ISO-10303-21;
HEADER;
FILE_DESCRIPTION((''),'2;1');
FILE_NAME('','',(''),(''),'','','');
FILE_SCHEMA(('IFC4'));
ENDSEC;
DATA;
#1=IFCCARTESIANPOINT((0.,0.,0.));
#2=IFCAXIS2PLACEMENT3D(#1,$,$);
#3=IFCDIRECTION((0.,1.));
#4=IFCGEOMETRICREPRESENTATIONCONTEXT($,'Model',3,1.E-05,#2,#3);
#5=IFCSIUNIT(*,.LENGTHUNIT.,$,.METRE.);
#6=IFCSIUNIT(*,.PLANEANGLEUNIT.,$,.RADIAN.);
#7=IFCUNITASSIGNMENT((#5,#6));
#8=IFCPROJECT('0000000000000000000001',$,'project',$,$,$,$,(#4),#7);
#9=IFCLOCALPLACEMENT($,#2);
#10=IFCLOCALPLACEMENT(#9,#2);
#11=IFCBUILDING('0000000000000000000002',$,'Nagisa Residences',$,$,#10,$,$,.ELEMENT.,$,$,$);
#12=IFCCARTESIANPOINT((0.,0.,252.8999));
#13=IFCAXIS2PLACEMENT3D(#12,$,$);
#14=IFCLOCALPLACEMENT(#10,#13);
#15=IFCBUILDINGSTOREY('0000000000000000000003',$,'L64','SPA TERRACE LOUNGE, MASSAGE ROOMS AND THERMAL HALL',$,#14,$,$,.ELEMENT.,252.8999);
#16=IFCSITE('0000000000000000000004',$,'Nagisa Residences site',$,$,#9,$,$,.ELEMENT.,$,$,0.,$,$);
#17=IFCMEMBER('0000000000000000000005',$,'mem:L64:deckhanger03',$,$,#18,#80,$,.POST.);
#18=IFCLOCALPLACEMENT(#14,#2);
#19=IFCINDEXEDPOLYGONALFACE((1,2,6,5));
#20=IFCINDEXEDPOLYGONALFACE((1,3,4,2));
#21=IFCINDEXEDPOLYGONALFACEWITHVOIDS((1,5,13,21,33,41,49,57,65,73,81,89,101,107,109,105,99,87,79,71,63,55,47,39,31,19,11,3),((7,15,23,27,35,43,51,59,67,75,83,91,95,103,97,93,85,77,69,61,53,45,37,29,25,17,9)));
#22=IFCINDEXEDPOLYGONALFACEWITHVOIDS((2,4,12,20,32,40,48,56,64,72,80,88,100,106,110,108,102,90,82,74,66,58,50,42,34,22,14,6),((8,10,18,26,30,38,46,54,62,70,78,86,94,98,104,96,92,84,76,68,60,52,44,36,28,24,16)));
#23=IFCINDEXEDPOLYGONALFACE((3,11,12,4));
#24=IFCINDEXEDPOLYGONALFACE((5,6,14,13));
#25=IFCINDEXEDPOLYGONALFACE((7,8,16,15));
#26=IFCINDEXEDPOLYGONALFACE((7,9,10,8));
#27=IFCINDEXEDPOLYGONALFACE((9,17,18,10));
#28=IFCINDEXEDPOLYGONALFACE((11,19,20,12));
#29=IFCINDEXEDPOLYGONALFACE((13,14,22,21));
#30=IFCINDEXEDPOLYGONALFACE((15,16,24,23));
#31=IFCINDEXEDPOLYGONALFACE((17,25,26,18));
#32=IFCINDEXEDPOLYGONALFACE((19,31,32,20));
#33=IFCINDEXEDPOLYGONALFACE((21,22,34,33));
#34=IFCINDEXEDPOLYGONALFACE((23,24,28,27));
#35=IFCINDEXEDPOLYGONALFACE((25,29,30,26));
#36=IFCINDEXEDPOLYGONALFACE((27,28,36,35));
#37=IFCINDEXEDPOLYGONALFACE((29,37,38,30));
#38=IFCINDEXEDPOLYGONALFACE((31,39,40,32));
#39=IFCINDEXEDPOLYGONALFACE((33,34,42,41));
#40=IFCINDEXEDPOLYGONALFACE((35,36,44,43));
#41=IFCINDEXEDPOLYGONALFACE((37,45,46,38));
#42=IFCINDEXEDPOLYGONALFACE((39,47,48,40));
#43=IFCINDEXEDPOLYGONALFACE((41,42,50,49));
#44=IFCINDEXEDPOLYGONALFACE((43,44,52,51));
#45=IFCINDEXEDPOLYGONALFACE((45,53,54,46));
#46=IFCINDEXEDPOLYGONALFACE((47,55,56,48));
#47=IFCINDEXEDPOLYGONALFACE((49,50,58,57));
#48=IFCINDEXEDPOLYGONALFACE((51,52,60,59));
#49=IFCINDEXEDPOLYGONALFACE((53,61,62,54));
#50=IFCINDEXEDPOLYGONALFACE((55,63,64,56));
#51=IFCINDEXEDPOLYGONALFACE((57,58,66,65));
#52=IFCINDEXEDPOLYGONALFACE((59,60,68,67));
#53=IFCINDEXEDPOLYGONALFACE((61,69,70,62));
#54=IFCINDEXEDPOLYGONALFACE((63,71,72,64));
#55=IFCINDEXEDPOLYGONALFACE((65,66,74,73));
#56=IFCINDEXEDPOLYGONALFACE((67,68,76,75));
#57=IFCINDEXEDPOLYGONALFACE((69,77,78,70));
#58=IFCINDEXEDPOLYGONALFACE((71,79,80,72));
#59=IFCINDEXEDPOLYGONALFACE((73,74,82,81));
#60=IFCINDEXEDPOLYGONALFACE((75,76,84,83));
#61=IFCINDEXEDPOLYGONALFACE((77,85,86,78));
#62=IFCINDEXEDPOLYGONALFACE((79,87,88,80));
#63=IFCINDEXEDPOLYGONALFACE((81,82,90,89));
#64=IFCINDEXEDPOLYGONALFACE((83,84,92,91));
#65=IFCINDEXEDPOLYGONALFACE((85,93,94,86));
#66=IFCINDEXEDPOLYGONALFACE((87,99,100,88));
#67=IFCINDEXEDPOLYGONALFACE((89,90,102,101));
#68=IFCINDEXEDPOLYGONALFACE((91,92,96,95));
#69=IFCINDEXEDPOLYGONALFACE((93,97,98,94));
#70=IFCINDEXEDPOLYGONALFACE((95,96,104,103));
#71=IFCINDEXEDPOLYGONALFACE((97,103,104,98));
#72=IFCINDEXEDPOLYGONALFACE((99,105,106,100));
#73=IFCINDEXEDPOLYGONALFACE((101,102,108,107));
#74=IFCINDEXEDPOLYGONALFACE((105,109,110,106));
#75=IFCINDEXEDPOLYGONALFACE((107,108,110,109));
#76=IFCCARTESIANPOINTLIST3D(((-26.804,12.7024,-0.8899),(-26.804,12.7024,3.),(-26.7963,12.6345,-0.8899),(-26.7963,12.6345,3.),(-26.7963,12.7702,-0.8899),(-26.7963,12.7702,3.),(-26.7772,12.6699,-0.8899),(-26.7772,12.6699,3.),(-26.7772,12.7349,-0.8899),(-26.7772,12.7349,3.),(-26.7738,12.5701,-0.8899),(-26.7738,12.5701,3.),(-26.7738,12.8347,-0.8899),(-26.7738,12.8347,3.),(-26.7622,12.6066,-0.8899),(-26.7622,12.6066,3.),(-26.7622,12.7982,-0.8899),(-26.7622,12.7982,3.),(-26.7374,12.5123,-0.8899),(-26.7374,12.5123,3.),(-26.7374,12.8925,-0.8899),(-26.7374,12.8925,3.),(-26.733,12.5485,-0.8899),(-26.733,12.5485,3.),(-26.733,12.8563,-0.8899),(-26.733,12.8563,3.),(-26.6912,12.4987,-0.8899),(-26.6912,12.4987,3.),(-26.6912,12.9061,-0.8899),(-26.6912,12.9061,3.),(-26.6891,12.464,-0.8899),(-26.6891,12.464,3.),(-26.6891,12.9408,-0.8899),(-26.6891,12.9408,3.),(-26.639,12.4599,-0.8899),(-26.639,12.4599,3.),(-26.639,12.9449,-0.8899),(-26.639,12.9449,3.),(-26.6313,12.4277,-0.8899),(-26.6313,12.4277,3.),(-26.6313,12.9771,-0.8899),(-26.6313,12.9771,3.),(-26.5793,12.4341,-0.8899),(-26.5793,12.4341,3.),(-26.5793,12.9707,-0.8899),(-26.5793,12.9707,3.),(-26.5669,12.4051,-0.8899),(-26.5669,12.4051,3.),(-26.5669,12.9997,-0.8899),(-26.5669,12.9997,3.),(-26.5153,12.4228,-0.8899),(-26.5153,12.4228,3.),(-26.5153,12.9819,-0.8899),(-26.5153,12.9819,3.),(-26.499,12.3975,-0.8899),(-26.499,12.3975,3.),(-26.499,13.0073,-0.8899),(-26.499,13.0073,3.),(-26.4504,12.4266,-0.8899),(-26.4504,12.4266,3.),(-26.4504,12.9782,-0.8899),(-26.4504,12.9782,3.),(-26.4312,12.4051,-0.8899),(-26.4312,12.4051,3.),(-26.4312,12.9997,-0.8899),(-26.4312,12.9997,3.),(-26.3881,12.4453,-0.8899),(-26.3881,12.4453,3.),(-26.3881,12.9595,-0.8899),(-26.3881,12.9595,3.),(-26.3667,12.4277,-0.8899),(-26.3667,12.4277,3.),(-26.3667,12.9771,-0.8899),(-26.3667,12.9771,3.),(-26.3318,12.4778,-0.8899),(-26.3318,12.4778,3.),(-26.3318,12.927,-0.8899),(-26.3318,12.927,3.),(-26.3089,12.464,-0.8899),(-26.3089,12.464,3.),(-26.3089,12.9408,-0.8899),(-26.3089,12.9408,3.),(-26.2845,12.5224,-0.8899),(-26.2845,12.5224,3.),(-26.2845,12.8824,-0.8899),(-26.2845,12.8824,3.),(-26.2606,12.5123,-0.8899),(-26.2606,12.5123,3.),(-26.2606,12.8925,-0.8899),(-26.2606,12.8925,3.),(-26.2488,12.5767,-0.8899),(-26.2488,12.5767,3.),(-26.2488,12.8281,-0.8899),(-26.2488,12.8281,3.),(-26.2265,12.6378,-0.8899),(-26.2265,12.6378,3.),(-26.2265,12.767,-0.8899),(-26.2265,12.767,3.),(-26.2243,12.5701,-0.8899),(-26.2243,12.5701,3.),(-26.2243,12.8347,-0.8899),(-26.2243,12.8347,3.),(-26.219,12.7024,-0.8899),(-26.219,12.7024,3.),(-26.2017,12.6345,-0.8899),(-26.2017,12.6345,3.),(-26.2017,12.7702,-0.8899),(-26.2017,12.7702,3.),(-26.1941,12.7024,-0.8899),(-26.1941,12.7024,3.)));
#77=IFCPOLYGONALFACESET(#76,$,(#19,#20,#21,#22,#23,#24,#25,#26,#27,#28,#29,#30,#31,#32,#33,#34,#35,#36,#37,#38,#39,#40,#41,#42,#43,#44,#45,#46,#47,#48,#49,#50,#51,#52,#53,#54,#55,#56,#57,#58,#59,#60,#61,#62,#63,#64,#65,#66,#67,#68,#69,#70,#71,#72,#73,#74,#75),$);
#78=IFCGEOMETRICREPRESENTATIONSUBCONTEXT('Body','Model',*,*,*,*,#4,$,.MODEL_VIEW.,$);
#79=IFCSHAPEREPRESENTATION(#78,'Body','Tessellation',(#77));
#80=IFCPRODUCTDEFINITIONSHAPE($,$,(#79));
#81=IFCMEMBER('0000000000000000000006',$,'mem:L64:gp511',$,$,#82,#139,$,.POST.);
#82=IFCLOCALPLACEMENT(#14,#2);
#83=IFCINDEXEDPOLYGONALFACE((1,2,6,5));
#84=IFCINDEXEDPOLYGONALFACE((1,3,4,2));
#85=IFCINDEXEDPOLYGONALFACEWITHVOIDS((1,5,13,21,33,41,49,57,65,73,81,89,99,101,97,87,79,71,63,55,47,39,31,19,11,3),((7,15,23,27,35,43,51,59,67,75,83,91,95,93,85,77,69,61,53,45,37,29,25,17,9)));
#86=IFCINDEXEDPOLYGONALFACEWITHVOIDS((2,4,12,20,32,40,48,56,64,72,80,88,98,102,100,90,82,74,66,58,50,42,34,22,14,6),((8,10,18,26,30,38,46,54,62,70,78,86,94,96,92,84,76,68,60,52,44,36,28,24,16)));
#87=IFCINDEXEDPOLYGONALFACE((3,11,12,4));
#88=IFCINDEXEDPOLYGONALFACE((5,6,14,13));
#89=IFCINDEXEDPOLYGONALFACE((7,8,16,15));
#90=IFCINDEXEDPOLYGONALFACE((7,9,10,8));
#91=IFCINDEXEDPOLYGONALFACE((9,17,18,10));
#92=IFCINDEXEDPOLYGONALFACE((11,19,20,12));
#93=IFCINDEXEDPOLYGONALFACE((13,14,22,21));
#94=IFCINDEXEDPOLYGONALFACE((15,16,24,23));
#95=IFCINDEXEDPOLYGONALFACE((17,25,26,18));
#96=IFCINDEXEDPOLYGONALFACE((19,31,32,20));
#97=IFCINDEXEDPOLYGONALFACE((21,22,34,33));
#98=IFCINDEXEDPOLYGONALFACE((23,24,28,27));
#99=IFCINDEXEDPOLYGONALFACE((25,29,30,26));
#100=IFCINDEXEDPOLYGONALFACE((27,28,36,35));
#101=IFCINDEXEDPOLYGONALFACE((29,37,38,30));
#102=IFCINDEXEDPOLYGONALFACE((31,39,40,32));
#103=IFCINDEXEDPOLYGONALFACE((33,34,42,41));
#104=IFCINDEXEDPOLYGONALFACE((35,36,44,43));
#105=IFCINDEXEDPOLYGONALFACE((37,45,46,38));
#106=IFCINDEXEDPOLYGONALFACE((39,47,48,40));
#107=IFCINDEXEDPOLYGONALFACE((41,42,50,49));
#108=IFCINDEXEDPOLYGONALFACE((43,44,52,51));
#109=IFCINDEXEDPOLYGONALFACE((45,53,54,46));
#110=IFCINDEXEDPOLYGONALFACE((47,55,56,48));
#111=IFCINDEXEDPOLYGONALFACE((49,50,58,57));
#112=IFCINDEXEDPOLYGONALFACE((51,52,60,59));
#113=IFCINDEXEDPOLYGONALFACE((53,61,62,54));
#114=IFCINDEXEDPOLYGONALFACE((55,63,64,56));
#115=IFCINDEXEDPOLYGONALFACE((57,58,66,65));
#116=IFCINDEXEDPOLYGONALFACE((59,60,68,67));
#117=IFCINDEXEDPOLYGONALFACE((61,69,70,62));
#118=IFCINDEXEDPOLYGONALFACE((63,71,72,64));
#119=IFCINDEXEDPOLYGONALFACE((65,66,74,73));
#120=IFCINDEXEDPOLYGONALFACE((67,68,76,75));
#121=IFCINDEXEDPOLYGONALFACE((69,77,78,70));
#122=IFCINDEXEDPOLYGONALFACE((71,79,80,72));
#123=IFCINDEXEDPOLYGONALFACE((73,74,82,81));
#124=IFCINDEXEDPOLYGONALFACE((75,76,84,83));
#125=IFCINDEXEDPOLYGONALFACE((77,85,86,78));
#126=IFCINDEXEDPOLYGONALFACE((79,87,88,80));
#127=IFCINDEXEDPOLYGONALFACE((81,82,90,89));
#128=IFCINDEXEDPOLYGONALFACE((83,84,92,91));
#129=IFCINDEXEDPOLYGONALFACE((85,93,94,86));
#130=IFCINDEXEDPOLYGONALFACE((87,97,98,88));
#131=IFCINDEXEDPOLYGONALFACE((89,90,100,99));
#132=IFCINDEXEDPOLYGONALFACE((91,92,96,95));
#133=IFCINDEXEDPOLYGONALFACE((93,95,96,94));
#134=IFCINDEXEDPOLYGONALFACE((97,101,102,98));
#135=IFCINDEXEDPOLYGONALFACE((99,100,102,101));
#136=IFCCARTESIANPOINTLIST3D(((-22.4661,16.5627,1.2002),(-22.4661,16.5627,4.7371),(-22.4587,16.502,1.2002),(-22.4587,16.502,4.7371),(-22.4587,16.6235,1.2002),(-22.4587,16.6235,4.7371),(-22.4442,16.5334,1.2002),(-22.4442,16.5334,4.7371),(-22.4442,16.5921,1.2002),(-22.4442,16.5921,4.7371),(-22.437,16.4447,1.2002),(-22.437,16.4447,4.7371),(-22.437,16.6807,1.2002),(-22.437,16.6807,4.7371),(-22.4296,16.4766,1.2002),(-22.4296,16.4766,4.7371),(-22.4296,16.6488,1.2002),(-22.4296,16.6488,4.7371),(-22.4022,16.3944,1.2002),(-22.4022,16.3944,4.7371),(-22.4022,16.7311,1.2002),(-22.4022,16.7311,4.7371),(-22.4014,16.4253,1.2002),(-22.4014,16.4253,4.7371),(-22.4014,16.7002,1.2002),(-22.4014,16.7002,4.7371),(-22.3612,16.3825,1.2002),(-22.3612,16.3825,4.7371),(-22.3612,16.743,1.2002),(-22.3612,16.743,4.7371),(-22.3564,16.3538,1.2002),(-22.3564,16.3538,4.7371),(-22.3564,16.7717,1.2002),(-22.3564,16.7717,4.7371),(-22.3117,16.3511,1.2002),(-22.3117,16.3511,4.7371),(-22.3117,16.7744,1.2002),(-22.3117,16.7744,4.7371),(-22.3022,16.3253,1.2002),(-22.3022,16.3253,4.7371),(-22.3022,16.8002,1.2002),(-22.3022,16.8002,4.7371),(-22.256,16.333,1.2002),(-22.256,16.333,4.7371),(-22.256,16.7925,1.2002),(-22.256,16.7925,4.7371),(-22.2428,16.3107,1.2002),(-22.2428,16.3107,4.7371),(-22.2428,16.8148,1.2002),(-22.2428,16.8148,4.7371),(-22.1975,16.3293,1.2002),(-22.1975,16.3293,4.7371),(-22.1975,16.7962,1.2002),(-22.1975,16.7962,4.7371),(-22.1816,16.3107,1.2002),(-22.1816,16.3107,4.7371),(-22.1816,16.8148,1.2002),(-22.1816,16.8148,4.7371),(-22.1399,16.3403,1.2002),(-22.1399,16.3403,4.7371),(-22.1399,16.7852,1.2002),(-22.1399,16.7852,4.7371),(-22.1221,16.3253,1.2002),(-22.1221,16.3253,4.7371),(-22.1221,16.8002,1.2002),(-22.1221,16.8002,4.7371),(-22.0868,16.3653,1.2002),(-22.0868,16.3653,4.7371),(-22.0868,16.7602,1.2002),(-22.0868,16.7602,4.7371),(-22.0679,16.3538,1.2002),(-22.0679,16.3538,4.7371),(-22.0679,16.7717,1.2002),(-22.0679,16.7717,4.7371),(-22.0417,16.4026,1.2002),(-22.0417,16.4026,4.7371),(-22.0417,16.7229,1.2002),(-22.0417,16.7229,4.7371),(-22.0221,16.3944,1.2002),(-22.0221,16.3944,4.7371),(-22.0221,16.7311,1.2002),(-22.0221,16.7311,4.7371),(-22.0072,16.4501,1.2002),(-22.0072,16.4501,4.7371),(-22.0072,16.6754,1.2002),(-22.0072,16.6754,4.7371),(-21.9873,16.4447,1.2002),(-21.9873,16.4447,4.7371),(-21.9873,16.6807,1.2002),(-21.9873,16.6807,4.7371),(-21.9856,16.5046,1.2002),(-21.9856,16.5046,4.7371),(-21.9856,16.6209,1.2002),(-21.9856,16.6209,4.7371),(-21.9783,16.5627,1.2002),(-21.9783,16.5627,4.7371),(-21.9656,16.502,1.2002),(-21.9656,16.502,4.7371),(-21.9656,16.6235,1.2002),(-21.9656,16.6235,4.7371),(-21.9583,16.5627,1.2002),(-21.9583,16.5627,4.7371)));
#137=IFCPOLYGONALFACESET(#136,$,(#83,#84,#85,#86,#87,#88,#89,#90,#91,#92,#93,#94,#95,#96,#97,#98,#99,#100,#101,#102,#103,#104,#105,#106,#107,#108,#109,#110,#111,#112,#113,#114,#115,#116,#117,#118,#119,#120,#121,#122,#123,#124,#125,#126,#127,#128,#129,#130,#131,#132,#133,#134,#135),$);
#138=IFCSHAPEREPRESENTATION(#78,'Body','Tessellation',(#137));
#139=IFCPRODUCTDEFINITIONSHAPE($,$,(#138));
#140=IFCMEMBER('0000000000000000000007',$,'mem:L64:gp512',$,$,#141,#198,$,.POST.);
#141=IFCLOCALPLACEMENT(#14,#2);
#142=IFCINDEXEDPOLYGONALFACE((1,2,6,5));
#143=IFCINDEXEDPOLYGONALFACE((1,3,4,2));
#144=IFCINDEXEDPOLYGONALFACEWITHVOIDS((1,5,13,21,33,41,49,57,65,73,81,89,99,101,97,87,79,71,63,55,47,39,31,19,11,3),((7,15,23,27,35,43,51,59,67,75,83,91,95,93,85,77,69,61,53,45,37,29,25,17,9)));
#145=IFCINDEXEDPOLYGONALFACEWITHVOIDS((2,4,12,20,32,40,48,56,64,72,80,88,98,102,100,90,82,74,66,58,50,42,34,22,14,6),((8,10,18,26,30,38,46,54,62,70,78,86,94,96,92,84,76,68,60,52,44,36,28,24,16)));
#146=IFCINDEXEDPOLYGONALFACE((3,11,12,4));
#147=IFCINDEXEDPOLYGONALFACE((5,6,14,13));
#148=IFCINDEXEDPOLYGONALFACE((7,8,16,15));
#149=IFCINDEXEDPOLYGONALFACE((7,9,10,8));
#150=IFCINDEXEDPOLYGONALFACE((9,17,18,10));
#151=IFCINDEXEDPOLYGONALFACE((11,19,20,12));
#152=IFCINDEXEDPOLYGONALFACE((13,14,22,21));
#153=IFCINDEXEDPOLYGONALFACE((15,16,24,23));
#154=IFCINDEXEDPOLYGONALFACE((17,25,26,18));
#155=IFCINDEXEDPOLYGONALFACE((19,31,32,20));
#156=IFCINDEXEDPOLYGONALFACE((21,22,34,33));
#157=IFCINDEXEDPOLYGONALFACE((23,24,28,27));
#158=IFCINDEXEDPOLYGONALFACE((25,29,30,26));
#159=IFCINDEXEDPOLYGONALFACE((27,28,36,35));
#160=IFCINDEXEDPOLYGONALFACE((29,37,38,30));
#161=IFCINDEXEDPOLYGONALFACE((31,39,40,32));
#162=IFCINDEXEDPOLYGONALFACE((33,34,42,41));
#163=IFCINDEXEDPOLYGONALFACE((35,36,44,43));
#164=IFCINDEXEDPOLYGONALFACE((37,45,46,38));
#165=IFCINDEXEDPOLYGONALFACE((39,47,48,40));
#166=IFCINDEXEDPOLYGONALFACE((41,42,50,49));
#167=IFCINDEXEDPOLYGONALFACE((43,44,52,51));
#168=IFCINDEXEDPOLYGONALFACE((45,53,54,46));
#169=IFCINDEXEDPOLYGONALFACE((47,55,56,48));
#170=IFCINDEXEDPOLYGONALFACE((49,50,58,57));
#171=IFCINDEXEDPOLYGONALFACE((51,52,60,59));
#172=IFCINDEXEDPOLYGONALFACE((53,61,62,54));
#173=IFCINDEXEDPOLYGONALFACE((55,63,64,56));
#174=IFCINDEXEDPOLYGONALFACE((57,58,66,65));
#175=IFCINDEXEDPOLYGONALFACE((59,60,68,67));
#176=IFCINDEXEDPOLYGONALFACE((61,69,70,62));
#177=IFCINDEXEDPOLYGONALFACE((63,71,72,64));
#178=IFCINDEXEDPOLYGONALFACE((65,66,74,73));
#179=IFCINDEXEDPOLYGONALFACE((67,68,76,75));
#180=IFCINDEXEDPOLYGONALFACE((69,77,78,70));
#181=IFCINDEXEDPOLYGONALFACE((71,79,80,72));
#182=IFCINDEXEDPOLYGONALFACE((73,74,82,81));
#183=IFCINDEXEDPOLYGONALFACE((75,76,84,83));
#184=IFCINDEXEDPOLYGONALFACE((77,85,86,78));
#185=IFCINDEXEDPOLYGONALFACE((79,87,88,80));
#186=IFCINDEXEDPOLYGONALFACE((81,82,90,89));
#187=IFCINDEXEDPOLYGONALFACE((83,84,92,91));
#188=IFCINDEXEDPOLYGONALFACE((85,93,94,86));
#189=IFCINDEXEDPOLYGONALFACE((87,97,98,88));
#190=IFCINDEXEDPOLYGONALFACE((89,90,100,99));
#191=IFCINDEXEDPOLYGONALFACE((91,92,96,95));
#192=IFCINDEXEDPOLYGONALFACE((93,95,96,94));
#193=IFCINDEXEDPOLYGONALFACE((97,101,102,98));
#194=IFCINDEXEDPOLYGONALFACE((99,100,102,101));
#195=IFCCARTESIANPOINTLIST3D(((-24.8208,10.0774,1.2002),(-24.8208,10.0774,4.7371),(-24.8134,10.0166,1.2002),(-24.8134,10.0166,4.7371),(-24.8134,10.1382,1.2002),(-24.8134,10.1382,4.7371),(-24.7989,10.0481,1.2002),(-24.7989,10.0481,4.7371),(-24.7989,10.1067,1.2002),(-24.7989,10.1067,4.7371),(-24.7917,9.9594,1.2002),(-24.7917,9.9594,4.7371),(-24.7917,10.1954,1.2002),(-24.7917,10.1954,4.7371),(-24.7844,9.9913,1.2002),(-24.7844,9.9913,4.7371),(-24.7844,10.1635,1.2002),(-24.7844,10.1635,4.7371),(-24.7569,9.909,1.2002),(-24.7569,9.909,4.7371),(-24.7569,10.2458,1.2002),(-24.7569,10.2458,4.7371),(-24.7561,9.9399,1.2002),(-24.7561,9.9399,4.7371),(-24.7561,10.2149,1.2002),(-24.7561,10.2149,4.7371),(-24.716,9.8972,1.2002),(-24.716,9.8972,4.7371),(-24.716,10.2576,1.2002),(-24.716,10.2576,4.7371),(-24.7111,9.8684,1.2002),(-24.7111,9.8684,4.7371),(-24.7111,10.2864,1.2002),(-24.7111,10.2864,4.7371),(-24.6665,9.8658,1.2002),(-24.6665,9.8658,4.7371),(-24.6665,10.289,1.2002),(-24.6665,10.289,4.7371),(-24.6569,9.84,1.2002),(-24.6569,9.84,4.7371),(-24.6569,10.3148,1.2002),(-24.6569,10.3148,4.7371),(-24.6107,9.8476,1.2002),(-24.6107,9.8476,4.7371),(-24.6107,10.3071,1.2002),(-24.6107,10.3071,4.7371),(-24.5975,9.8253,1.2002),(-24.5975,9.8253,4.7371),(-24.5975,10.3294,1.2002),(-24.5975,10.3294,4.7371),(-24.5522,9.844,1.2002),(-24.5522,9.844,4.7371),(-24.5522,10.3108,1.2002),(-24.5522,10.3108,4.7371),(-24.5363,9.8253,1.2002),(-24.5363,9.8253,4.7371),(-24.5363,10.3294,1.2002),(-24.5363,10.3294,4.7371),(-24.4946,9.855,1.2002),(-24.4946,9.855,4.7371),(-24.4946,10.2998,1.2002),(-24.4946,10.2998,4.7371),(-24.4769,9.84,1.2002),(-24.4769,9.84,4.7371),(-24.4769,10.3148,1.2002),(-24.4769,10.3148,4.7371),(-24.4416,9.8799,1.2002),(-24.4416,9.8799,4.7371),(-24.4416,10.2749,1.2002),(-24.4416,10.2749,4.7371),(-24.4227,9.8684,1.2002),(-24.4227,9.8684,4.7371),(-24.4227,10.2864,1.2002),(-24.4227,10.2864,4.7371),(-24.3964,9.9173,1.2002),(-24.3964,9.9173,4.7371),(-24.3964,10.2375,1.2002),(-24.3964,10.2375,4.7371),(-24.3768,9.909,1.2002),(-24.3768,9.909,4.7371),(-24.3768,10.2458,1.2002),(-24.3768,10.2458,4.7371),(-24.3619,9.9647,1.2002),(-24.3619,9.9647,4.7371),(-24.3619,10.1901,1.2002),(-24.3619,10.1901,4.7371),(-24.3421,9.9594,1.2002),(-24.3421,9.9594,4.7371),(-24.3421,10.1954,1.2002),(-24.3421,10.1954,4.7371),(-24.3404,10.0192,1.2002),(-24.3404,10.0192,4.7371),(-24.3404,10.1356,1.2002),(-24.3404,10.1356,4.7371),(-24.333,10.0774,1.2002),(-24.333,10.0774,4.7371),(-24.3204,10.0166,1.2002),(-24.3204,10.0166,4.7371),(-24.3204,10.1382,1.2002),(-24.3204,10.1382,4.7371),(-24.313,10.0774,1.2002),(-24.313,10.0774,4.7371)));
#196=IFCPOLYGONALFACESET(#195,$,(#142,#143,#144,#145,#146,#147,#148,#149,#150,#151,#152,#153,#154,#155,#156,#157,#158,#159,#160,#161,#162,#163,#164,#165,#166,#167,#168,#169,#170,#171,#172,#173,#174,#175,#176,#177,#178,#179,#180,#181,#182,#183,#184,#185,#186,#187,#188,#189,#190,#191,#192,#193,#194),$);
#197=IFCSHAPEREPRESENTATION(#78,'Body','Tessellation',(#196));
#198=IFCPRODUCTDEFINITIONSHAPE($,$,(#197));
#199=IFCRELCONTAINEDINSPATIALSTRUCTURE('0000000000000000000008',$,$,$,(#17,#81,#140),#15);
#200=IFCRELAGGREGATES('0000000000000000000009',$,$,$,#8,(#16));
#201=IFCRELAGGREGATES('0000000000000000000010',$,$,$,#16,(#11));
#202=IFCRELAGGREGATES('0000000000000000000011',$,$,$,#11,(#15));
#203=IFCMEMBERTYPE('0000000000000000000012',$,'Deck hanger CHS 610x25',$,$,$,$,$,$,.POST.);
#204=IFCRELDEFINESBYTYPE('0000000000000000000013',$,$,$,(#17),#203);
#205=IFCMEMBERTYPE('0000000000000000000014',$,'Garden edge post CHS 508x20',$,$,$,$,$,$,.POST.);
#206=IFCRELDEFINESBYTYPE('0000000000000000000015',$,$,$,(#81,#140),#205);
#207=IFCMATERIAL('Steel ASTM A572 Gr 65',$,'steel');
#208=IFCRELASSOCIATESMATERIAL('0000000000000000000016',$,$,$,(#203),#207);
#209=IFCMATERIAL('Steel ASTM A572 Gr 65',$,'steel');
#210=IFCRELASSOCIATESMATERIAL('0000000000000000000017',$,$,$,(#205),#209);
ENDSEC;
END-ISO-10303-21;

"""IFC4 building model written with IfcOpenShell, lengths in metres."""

from ifc_helpers import new_model, si_unit, direction, frame, origin, origin_2d, place, context, subcontext, project, spatial, hollow_circle, extrude, material, material_profile, profile_set, type_object, element, save


model = new_model("IFC4")

# Units and contexts
model_context = context("Model", 3, precision=1e-05, world=origin(), true_north=direction((0.0, 1.0)))
body_context = subcontext(model_context, "Body", "Model", "MODEL_VIEW")
ifc_project = project(units=[si_unit("LENGTHUNIT", "METRE"), si_unit("PLANEANGLEUNIT", "RADIAN")], contexts=[model_context])

# Site, building, storey
site_placement = place(None, origin())
site = spatial("IfcSite", under=ifc_project, at=site_placement, Name="Nagisa Residences site", CompositionType="ELEMENT", RefElevation=0.0)
building_placement = place(site_placement, origin())
building = spatial("IfcBuilding", under=site, at=building_placement, Name="Nagisa Residences", CompositionType="ELEMENT")
storey_placement = place(building_placement, frame((0.0, 0.0, 252.8999)))
storey = spatial("IfcBuildingStorey", under=building, at=storey_placement, Name="L64", Description="SPA TERRACE LOUNGE, MASSAGE ROOMS AND THERMAL HALL", CompositionType="ELEMENT", Elevation=252.8999)

# Members
ifc_material_1 = material(Name="Steel ASTM A572 Gr 65", Category="steel")
ifc_material_profile_1 = material_profile(ifc_material_1, hollow_circle(Radius=0.3049, WallThickness=0.0249, at=origin_2d()), Name="CHS 610x25")
ifc_profile_set_1 = profile_set([ifc_material_profile_1], Name="Steel ASTM A572 Gr 65")
member_type_1 = type_object("IfcMemberType", Name="Deck hanger CHS 610x25", PredefinedType="POST", material=ifc_profile_set_1)
member_1_placement = place(storey_placement, frame((-26.499, 12.7024, 3.0), z_axis=(0.0, 0.0, -1.0), x_axis=(1.0, 0.0, 0.0)))
element("IfcMember", 1, at=member_1_placement, inside=storey, type_object=member_type_1, Name="mem:L64:deckhanger03", PredefinedType="POST", context=body_context, shape_type="SweptSolid", body=[
    extrude(hollow_circle(Radius=0.3049, WallThickness=0.0249, at=origin_2d()), origin(), (0.0, 0.0, 1.0), 3.8899),
])
ifc_material_2 = material(Name="Steel ASTM A572 Gr 65", Category="steel")
ifc_material_profile_2 = material_profile(ifc_material_2, hollow_circle(Radius=0.2539, WallThickness=0.02, at=origin_2d()), Name="CHS 508x20")
ifc_profile_set_2 = profile_set([ifc_material_profile_2], Name="Steel ASTM A572 Gr 65")
member_type_2 = type_object("IfcMemberType", Name="Garden edge post CHS 508x20", PredefinedType="POST", material=ifc_profile_set_2)
for number, where, z_axis, x_axis, name in (
    (2, (-22.2122, 16.5627, 1.2002), (0.0, 0.0, 1.0), (1.0, 0.0, 0.0), "mem:L64:gp511"),
    (3, (-24.5669, 10.0774, 1.2002), (0.0, 0.0, 1.0), (1.0, 0.0, 0.0), "mem:L64:gp512"),
):
    element("IfcMember", number, at=place(storey_placement, frame(where, z_axis=z_axis, x_axis=x_axis)), inside=storey, type_object=member_type_2, Name=name, PredefinedType="POST", context=body_context, shape_type="SweptSolid", body=[
        extrude(hollow_circle(Radius=0.2539, WallThickness=0.02, at=origin_2d()), origin(), (0.0, 0.0, 1.0), 3.5369),
    ])

save(model, "model.ifc")
